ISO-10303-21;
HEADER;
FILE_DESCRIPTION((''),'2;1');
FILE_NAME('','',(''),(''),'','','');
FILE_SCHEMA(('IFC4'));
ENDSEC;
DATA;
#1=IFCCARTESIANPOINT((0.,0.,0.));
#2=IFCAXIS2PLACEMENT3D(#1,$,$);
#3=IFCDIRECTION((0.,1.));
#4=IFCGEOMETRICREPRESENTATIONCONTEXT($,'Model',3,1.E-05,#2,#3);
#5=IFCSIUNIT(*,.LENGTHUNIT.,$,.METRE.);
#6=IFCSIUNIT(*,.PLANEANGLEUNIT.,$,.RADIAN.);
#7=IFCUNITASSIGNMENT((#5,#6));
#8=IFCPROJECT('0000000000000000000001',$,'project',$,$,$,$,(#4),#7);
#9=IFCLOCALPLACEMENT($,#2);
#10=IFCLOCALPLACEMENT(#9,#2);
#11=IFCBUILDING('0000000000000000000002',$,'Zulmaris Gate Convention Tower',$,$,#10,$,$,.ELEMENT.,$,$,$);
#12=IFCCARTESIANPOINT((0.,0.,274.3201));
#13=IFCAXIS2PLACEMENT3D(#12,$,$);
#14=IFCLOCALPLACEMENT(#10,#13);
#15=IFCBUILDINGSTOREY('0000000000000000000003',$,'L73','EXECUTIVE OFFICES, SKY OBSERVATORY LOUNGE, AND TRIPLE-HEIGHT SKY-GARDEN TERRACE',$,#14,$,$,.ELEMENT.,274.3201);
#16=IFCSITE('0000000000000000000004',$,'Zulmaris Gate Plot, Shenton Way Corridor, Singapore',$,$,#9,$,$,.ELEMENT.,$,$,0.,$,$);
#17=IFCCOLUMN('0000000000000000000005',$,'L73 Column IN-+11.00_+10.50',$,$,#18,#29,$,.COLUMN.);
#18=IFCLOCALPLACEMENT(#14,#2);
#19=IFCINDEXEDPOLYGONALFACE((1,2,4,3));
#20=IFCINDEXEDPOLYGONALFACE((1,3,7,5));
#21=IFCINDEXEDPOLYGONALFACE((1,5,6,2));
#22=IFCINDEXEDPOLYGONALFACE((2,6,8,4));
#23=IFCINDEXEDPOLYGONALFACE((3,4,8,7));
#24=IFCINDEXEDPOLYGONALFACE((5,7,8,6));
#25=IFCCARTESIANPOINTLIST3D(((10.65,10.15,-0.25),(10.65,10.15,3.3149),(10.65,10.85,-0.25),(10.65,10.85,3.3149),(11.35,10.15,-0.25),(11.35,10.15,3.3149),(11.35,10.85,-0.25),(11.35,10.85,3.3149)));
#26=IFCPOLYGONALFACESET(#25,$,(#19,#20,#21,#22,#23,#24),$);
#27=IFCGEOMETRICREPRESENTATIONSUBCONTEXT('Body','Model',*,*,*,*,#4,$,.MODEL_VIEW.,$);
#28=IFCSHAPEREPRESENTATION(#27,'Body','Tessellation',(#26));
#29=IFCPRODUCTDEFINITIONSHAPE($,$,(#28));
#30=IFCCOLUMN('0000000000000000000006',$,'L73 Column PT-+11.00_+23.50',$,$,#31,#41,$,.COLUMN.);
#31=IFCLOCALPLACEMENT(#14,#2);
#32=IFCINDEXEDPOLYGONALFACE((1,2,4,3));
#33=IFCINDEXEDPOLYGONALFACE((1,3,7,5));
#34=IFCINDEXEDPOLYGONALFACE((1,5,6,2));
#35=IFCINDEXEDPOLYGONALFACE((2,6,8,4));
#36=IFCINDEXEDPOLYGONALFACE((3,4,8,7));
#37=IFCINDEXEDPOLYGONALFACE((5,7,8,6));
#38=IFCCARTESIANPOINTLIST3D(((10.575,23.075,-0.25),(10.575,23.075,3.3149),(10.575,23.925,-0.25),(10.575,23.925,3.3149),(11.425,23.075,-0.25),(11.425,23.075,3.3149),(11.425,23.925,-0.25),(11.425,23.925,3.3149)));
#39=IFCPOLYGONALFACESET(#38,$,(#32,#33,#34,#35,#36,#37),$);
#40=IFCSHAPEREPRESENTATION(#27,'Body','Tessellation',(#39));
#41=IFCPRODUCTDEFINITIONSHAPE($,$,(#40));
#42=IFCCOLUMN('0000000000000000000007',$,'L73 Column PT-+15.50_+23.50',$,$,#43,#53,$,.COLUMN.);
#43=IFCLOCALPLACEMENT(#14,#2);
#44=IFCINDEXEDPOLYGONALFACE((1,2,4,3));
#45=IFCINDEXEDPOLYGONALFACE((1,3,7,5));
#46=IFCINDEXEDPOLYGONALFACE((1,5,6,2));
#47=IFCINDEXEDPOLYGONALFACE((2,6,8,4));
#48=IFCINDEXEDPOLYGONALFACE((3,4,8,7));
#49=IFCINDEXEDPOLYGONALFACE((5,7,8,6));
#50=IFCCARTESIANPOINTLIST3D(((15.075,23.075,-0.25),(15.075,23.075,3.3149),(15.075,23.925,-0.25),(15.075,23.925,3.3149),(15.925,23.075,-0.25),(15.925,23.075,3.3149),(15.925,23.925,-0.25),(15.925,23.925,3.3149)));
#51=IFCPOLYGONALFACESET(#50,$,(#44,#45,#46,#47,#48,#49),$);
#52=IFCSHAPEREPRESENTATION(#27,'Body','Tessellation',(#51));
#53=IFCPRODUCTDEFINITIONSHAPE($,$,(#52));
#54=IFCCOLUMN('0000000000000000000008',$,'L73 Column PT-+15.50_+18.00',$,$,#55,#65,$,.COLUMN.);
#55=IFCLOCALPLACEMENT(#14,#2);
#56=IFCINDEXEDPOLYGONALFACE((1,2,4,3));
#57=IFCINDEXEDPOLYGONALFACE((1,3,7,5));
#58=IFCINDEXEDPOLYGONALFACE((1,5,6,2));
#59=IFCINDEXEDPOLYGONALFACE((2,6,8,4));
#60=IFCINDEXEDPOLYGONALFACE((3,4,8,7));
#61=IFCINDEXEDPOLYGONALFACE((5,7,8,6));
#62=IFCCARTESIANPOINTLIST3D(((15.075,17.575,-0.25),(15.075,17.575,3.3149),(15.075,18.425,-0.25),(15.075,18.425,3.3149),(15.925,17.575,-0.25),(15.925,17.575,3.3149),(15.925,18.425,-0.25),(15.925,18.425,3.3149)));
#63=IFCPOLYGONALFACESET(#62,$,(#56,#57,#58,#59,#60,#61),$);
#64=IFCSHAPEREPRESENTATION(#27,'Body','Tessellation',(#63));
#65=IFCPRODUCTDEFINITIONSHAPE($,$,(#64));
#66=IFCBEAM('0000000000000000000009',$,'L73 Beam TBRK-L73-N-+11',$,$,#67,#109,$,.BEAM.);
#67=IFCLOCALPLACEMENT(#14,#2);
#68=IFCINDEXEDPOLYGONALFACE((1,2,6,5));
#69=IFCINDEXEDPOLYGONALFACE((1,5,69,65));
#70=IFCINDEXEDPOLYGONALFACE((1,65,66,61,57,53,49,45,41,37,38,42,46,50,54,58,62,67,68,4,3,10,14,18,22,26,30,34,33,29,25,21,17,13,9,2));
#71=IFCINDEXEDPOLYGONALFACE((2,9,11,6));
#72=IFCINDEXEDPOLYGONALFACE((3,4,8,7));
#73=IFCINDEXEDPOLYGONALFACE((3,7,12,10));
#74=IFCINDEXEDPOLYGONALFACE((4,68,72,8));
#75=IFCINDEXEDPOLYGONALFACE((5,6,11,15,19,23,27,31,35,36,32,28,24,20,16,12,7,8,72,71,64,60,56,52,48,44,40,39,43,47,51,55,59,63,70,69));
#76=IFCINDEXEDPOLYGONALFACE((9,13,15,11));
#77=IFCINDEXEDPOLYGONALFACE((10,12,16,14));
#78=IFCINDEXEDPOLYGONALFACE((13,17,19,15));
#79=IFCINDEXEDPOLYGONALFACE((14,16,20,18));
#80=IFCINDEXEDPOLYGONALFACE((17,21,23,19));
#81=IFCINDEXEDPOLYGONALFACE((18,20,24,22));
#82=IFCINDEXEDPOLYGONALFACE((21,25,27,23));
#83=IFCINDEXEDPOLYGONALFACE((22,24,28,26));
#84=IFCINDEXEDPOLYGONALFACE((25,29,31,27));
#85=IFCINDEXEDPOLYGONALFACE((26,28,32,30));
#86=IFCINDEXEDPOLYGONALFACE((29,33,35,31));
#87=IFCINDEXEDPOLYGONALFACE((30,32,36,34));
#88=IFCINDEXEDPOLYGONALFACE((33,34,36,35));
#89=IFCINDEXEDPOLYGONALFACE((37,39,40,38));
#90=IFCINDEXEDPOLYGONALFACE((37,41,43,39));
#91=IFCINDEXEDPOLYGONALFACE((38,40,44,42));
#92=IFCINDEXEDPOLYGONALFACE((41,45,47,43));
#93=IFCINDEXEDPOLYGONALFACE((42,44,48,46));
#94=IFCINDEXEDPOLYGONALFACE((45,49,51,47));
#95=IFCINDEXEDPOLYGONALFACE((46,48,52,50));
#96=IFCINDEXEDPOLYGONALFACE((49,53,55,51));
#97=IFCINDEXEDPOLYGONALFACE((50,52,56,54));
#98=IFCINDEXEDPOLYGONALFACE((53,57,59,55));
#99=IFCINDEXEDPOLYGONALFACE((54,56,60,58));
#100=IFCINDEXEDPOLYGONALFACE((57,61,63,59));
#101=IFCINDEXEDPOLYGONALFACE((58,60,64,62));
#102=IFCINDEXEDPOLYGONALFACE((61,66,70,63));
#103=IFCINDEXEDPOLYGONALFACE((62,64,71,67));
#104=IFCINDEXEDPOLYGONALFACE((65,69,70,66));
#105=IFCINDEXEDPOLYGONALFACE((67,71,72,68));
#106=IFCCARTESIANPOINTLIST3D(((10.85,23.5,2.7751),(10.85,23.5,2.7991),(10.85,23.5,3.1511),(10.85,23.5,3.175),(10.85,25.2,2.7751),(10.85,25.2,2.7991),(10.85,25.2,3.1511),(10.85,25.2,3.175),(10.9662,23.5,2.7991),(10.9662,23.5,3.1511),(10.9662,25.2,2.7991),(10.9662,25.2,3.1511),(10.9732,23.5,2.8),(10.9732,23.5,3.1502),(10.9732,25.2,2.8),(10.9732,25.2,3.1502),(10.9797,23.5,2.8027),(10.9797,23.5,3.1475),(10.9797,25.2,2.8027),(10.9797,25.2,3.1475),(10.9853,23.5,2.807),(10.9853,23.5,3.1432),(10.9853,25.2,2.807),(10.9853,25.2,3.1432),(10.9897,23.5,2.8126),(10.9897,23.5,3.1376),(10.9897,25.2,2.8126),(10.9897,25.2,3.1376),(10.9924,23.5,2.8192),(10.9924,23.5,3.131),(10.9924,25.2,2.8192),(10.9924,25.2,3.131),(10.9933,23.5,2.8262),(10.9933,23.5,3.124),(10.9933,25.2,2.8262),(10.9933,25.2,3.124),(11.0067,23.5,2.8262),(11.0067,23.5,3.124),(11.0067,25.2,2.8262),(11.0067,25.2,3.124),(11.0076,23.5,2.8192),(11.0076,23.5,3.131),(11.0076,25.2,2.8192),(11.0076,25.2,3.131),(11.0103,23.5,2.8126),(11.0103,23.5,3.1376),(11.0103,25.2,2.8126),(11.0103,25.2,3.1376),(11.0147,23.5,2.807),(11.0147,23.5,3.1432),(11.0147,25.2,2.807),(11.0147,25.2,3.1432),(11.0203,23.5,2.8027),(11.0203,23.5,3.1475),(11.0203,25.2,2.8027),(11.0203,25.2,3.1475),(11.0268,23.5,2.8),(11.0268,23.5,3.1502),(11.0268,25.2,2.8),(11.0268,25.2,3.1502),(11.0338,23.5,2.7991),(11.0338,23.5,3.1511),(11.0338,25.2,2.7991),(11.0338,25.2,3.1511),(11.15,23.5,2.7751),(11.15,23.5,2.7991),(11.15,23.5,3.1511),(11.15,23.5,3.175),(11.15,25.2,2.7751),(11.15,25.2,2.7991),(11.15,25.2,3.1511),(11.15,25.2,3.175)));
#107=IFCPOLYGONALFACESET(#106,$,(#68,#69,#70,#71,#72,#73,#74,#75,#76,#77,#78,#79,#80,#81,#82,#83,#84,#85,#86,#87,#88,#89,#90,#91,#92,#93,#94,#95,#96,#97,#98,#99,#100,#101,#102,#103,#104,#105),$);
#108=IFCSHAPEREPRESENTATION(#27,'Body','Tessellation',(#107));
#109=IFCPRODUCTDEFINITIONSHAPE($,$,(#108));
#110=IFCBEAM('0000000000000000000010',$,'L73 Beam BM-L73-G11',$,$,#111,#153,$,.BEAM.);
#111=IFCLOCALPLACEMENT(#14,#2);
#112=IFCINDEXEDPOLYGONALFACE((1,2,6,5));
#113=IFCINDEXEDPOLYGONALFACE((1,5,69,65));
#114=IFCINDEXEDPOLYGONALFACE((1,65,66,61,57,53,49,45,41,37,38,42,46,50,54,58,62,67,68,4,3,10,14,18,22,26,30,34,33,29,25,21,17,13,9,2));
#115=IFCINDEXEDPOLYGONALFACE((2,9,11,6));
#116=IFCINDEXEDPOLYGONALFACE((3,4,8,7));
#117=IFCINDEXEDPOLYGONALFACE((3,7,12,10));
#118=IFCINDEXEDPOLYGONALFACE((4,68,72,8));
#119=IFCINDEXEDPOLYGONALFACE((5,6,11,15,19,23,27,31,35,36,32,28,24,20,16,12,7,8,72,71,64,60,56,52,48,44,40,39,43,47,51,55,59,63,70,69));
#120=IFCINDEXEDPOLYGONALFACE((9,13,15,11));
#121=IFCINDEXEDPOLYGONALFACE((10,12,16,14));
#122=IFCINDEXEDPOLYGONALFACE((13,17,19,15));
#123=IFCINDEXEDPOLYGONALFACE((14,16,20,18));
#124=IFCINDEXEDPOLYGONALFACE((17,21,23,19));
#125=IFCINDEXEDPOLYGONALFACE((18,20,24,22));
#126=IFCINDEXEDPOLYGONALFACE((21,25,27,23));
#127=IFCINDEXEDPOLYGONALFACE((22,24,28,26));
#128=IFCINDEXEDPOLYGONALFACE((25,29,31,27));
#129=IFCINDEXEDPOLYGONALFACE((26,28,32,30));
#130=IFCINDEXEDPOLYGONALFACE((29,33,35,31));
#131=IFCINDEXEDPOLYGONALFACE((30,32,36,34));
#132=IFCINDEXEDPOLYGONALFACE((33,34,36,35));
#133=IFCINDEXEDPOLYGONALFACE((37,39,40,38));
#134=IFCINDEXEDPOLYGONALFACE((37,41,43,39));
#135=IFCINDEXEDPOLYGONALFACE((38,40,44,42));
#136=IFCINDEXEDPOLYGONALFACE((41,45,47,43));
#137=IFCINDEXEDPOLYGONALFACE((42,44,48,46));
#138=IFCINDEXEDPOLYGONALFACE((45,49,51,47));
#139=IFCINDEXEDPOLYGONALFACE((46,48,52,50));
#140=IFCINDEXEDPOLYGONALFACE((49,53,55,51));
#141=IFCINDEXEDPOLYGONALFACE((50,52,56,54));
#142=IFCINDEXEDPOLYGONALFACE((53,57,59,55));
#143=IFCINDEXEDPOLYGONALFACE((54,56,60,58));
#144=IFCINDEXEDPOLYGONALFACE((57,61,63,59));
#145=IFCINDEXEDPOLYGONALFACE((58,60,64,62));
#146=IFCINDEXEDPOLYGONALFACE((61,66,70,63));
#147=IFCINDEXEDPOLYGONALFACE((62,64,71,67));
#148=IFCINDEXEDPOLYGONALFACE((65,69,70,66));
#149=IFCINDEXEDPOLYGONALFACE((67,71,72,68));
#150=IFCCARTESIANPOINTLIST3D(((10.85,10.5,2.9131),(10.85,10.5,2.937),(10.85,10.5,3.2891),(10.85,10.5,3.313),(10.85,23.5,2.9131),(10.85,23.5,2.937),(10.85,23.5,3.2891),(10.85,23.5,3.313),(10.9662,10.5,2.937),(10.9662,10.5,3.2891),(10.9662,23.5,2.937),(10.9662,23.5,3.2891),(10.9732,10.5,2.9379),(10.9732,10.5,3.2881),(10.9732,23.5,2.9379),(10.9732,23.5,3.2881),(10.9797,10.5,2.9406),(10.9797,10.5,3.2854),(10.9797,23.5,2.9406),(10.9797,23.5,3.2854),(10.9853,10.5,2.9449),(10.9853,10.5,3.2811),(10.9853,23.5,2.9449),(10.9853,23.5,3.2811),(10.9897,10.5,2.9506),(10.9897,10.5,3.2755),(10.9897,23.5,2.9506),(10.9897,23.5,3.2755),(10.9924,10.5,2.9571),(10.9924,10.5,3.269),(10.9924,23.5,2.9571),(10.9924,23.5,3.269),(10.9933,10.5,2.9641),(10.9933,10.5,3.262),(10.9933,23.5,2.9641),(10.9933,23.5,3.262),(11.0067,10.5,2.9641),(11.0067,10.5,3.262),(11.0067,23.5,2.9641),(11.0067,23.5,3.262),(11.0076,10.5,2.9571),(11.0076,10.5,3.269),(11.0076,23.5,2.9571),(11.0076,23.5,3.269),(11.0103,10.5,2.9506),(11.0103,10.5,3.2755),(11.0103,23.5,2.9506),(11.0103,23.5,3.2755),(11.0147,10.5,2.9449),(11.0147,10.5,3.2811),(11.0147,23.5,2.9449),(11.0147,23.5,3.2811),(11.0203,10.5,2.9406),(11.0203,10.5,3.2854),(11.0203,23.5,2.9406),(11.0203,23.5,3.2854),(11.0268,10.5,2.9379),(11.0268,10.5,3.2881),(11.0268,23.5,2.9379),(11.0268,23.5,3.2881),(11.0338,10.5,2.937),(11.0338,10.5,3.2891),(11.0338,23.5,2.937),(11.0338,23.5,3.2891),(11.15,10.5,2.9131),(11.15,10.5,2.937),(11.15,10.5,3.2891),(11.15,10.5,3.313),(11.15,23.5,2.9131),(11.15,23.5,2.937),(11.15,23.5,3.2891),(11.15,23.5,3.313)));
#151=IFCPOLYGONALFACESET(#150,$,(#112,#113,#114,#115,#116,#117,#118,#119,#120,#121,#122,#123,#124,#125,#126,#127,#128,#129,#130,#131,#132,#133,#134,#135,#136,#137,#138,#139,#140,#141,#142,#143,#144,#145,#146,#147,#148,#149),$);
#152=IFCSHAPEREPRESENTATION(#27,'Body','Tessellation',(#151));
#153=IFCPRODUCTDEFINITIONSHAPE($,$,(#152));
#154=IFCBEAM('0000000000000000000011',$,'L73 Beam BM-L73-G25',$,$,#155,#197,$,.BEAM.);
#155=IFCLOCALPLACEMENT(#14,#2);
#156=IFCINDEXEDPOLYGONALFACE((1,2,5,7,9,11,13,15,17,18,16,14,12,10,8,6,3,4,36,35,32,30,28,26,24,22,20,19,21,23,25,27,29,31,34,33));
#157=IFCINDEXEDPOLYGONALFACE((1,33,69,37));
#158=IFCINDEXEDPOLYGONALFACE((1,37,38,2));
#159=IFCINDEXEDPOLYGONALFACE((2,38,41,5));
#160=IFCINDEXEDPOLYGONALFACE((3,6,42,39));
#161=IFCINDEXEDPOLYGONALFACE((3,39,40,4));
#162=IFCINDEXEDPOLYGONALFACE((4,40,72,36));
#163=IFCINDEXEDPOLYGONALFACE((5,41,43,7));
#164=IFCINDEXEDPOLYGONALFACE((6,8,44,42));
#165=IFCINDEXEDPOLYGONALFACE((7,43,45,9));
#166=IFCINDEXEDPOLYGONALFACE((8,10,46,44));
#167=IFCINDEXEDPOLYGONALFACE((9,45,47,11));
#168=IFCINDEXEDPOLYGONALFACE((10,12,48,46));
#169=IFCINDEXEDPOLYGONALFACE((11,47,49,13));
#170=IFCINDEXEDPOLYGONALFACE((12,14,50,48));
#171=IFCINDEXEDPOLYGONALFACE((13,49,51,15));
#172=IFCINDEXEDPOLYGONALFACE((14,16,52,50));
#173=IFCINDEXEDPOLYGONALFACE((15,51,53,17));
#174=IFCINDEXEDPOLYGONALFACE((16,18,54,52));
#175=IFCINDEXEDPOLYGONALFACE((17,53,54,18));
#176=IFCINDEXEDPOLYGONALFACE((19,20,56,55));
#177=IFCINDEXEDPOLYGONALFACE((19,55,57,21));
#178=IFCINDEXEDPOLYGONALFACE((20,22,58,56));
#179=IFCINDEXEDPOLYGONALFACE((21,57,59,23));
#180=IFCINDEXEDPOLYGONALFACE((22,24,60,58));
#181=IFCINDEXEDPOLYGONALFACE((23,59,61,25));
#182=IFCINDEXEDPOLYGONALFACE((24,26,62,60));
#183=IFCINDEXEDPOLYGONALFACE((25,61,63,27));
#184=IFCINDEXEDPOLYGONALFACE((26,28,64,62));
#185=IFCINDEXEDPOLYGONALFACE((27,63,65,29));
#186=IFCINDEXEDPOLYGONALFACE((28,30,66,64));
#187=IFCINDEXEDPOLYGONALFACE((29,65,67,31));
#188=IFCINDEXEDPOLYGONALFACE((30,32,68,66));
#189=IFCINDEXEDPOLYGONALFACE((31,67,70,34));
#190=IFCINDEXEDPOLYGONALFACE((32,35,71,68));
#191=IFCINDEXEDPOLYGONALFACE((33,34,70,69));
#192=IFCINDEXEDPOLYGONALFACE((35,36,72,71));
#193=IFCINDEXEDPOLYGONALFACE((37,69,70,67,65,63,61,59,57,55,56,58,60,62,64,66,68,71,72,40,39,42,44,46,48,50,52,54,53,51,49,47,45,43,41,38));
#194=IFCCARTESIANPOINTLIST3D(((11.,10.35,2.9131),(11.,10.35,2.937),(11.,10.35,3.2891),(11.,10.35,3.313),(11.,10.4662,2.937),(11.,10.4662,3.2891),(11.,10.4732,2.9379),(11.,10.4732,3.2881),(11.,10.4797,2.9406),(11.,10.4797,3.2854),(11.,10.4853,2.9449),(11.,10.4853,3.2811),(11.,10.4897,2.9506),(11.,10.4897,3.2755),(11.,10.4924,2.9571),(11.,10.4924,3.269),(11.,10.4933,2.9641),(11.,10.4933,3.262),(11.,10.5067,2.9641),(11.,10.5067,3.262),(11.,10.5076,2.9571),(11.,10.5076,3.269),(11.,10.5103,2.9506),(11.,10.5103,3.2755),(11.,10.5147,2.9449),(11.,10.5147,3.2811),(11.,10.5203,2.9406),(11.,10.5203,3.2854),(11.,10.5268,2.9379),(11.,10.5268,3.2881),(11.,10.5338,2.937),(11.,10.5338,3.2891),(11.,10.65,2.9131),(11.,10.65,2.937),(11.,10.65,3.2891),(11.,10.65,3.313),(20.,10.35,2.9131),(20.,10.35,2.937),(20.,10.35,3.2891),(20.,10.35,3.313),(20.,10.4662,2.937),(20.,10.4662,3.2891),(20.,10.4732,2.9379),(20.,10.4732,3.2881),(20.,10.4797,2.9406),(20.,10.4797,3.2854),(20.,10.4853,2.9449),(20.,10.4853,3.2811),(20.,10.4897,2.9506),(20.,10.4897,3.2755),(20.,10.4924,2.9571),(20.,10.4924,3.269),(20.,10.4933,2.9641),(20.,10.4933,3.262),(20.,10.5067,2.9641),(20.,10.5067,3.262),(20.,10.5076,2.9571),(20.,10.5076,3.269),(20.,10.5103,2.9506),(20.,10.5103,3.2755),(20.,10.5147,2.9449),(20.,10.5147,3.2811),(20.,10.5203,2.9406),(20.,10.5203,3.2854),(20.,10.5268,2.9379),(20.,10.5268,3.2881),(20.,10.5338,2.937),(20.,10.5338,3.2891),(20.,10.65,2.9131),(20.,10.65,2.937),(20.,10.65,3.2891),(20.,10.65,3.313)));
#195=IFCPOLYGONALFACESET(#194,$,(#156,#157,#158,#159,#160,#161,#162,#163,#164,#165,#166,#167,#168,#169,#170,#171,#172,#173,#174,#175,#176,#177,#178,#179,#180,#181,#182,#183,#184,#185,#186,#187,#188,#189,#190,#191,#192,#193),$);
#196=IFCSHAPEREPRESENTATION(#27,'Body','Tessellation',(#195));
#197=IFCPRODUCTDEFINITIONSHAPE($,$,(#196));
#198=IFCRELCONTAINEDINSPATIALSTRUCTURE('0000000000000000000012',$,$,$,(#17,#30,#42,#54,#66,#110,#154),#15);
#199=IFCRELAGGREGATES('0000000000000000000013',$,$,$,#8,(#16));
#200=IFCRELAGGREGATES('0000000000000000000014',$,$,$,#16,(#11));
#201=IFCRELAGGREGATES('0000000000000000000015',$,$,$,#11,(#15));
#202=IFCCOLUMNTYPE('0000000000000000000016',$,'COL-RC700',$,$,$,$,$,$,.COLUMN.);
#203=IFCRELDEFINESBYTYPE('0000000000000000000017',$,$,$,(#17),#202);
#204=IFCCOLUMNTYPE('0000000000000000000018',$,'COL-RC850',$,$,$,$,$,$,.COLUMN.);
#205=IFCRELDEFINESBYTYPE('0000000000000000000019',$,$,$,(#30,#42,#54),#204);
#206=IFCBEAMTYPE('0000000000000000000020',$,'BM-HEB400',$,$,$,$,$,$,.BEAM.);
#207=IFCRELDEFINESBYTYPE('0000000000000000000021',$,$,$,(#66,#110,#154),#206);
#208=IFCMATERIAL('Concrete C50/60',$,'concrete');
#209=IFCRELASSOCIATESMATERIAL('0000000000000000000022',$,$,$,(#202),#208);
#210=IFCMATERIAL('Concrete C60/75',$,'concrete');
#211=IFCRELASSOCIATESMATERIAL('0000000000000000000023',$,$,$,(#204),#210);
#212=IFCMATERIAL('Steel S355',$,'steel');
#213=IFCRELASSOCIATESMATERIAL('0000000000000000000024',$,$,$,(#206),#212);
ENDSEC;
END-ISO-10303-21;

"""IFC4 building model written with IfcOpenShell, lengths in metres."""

from ifc_helpers import new_model, si_unit, direction, frame, origin, origin_2d, place, context, subcontext, project, spatial, rectangle, i_section, extrude, material, material_profile, profile_set, type_object, element, save


model = new_model("IFC4")

# Units and contexts
model_context = context("Model", 3, precision=1e-05, world=origin(), true_north=direction((0.0, 1.0)))
body_context = subcontext(model_context, "Body", "Model", "MODEL_VIEW")
ifc_project = project(units=[si_unit("LENGTHUNIT", "METRE"), si_unit("PLANEANGLEUNIT", "RADIAN")], contexts=[model_context])

# Site, building, storey
site_placement = place(None, origin())
site = spatial("IfcSite", under=ifc_project, at=site_placement, Name="Zulmaris Gate Plot, Shenton Way Corridor, Singapore", CompositionType="ELEMENT", RefElevation=0.0)
building_placement = place(site_placement, origin())
building = spatial("IfcBuilding", under=site, at=building_placement, Name="Zulmaris Gate Convention Tower", CompositionType="ELEMENT")
storey_placement = place(building_placement, frame((0.0, 0.0, 274.3201)))
storey = spatial("IfcBuildingStorey", under=building, at=storey_placement, Name="L73", Description="EXECUTIVE OFFICES, SKY OBSERVATORY LOUNGE, AND TRIPLE-HEIGHT SKY-GARDEN TERRACE", CompositionType="ELEMENT", Elevation=274.3201)

# Columns
ifc_material_1 = material(Name="Concrete C50/60", Category="concrete")
ifc_material_profile_1 = material_profile(ifc_material_1, rectangle(XDim=0.7, YDim=0.7, at=origin_2d()), Name="RC COL 700x700")
ifc_profile_set_1 = profile_set([ifc_material_profile_1], Name="Concrete C50/60")
column_type_1 = type_object("IfcColumnType", Name="COL-RC700", PredefinedType="COLUMN", material=ifc_profile_set_1)
column_placement = place(storey_placement, frame((11.0, 10.5, -0.25), z_axis=(0.0, 0.0, 1.0), x_axis=(1.0, 0.0, 0.0)))
element("IfcColumn", 1, at=column_placement, inside=storey, type_object=column_type_1, Name="L73 Column IN-+11.00_+10.50", PredefinedType="COLUMN", context=body_context, shape_type="SweptSolid", body=[
    extrude(rectangle(XDim=0.7, YDim=0.7, at=origin_2d()), origin(), (0.0, 0.0, 1.0), 3.5649),
])
ifc_material_2 = material(Name="Concrete C60/75", Category="concrete")
ifc_material_profile_2 = material_profile(ifc_material_2, rectangle(XDim=0.8501, YDim=0.8501, at=origin_2d()), Name="RC COL 850x850")
ifc_profile_set_2 = profile_set([ifc_material_profile_2], Name="Concrete C60/75")
column_type_2 = type_object("IfcColumnType", Name="COL-RC850", PredefinedType="COLUMN", material=ifc_profile_set_2)
for number, where, z_axis, x_axis, name in (
    (2, (11.0, 23.5, -0.25), (0.0, 0.0, 1.0), (1.0, 0.0, 0.0), "L73 Column PT-+11.00_+23.50"),
    (3, (15.5, 23.5, -0.25), (0.0, 0.0, 1.0), (1.0, 0.0, 0.0), "L73 Column PT-+15.50_+23.50"),
    (4, (15.5, 18.0, -0.25), (0.0, 0.0, 1.0), (1.0, 0.0, 0.0), "L73 Column PT-+15.50_+18.00"),
):
    element("IfcColumn", number, at=place(storey_placement, frame(where, z_axis=z_axis, x_axis=x_axis)), inside=storey, type_object=column_type_2, Name=name, PredefinedType="COLUMN", context=body_context, shape_type="SweptSolid", body=[
        extrude(rectangle(XDim=0.8501, YDim=0.8501, at=origin_2d()), origin(), (0.0, 0.0, 1.0), 3.5649),
    ])

# Beams
ifc_material_3 = material(Name="Steel S355", Category="steel")
ifc_material_profile_3 = material_profile(ifc_material_3, i_section(OverallWidth=0.3, OverallDepth=0.3999, WebThickness=0.0134, FlangeThickness=0.0239, FilletRadius=0.0271, at=origin_2d()), Name="HEB 400")
ifc_profile_set_3 = profile_set([ifc_material_profile_3], Name="Steel S355")
beam_type_1 = type_object("IfcBeamType", Name="BM-HEB400", PredefinedType="BEAM", material=ifc_profile_set_3)
beam_1_placement = place(storey_placement, frame((11.0, 23.5, 2.9751), z_axis=(0.0, 1.0, 0.0), x_axis=(-1.0, 0.0, 0.0)))
element("IfcBeam", 5, at=beam_1_placement, inside=storey, type_object=beam_type_1, Name="L73 Beam TBRK-L73-N-+11", PredefinedType="BEAM", context=body_context, shape_type="SweptSolid", body=[
    extrude(i_section(OverallWidth=0.3, OverallDepth=0.3999, WebThickness=0.0134, FlangeThickness=0.0239, FilletRadius=0.0271, at=origin_2d()), origin(), (0.0, 0.0, 1.0), 1.7),
])
beam_2_placement = place(storey_placement, frame((11.0, 10.5, 3.113), z_axis=(0.0, 1.0, 0.0), x_axis=(-1.0, 0.0, 0.0)))
element("IfcBeam", 6, at=beam_2_placement, inside=storey, type_object=beam_type_1, Name="L73 Beam BM-L73-G11", PredefinedType="BEAM", context=body_context, shape_type="SweptSolid", body=[
    extrude(i_section(OverallWidth=0.3, OverallDepth=0.3999, WebThickness=0.0134, FlangeThickness=0.0239, FilletRadius=0.0271, at=origin_2d()), origin(), (0.0, 0.0, 1.0), 13.0),
])
beam_3_placement = place(storey_placement, frame((11.0, 10.5, 3.113), z_axis=(1.0, 0.0, 0.0), x_axis=(0.0, 1.0, 0.0)))
element("IfcBeam", 7, at=beam_3_placement, inside=storey, type_object=beam_type_1, Name="L73 Beam BM-L73-G25", PredefinedType="BEAM", context=body_context, shape_type="SweptSolid", body=[
    extrude(i_section(OverallWidth=0.3, OverallDepth=0.3999, WebThickness=0.0134, FlangeThickness=0.0239, FilletRadius=0.0271, at=origin_2d()), origin(), (0.0, 0.0, 1.0), 9.0),
])

save(model, "model.ifc")
